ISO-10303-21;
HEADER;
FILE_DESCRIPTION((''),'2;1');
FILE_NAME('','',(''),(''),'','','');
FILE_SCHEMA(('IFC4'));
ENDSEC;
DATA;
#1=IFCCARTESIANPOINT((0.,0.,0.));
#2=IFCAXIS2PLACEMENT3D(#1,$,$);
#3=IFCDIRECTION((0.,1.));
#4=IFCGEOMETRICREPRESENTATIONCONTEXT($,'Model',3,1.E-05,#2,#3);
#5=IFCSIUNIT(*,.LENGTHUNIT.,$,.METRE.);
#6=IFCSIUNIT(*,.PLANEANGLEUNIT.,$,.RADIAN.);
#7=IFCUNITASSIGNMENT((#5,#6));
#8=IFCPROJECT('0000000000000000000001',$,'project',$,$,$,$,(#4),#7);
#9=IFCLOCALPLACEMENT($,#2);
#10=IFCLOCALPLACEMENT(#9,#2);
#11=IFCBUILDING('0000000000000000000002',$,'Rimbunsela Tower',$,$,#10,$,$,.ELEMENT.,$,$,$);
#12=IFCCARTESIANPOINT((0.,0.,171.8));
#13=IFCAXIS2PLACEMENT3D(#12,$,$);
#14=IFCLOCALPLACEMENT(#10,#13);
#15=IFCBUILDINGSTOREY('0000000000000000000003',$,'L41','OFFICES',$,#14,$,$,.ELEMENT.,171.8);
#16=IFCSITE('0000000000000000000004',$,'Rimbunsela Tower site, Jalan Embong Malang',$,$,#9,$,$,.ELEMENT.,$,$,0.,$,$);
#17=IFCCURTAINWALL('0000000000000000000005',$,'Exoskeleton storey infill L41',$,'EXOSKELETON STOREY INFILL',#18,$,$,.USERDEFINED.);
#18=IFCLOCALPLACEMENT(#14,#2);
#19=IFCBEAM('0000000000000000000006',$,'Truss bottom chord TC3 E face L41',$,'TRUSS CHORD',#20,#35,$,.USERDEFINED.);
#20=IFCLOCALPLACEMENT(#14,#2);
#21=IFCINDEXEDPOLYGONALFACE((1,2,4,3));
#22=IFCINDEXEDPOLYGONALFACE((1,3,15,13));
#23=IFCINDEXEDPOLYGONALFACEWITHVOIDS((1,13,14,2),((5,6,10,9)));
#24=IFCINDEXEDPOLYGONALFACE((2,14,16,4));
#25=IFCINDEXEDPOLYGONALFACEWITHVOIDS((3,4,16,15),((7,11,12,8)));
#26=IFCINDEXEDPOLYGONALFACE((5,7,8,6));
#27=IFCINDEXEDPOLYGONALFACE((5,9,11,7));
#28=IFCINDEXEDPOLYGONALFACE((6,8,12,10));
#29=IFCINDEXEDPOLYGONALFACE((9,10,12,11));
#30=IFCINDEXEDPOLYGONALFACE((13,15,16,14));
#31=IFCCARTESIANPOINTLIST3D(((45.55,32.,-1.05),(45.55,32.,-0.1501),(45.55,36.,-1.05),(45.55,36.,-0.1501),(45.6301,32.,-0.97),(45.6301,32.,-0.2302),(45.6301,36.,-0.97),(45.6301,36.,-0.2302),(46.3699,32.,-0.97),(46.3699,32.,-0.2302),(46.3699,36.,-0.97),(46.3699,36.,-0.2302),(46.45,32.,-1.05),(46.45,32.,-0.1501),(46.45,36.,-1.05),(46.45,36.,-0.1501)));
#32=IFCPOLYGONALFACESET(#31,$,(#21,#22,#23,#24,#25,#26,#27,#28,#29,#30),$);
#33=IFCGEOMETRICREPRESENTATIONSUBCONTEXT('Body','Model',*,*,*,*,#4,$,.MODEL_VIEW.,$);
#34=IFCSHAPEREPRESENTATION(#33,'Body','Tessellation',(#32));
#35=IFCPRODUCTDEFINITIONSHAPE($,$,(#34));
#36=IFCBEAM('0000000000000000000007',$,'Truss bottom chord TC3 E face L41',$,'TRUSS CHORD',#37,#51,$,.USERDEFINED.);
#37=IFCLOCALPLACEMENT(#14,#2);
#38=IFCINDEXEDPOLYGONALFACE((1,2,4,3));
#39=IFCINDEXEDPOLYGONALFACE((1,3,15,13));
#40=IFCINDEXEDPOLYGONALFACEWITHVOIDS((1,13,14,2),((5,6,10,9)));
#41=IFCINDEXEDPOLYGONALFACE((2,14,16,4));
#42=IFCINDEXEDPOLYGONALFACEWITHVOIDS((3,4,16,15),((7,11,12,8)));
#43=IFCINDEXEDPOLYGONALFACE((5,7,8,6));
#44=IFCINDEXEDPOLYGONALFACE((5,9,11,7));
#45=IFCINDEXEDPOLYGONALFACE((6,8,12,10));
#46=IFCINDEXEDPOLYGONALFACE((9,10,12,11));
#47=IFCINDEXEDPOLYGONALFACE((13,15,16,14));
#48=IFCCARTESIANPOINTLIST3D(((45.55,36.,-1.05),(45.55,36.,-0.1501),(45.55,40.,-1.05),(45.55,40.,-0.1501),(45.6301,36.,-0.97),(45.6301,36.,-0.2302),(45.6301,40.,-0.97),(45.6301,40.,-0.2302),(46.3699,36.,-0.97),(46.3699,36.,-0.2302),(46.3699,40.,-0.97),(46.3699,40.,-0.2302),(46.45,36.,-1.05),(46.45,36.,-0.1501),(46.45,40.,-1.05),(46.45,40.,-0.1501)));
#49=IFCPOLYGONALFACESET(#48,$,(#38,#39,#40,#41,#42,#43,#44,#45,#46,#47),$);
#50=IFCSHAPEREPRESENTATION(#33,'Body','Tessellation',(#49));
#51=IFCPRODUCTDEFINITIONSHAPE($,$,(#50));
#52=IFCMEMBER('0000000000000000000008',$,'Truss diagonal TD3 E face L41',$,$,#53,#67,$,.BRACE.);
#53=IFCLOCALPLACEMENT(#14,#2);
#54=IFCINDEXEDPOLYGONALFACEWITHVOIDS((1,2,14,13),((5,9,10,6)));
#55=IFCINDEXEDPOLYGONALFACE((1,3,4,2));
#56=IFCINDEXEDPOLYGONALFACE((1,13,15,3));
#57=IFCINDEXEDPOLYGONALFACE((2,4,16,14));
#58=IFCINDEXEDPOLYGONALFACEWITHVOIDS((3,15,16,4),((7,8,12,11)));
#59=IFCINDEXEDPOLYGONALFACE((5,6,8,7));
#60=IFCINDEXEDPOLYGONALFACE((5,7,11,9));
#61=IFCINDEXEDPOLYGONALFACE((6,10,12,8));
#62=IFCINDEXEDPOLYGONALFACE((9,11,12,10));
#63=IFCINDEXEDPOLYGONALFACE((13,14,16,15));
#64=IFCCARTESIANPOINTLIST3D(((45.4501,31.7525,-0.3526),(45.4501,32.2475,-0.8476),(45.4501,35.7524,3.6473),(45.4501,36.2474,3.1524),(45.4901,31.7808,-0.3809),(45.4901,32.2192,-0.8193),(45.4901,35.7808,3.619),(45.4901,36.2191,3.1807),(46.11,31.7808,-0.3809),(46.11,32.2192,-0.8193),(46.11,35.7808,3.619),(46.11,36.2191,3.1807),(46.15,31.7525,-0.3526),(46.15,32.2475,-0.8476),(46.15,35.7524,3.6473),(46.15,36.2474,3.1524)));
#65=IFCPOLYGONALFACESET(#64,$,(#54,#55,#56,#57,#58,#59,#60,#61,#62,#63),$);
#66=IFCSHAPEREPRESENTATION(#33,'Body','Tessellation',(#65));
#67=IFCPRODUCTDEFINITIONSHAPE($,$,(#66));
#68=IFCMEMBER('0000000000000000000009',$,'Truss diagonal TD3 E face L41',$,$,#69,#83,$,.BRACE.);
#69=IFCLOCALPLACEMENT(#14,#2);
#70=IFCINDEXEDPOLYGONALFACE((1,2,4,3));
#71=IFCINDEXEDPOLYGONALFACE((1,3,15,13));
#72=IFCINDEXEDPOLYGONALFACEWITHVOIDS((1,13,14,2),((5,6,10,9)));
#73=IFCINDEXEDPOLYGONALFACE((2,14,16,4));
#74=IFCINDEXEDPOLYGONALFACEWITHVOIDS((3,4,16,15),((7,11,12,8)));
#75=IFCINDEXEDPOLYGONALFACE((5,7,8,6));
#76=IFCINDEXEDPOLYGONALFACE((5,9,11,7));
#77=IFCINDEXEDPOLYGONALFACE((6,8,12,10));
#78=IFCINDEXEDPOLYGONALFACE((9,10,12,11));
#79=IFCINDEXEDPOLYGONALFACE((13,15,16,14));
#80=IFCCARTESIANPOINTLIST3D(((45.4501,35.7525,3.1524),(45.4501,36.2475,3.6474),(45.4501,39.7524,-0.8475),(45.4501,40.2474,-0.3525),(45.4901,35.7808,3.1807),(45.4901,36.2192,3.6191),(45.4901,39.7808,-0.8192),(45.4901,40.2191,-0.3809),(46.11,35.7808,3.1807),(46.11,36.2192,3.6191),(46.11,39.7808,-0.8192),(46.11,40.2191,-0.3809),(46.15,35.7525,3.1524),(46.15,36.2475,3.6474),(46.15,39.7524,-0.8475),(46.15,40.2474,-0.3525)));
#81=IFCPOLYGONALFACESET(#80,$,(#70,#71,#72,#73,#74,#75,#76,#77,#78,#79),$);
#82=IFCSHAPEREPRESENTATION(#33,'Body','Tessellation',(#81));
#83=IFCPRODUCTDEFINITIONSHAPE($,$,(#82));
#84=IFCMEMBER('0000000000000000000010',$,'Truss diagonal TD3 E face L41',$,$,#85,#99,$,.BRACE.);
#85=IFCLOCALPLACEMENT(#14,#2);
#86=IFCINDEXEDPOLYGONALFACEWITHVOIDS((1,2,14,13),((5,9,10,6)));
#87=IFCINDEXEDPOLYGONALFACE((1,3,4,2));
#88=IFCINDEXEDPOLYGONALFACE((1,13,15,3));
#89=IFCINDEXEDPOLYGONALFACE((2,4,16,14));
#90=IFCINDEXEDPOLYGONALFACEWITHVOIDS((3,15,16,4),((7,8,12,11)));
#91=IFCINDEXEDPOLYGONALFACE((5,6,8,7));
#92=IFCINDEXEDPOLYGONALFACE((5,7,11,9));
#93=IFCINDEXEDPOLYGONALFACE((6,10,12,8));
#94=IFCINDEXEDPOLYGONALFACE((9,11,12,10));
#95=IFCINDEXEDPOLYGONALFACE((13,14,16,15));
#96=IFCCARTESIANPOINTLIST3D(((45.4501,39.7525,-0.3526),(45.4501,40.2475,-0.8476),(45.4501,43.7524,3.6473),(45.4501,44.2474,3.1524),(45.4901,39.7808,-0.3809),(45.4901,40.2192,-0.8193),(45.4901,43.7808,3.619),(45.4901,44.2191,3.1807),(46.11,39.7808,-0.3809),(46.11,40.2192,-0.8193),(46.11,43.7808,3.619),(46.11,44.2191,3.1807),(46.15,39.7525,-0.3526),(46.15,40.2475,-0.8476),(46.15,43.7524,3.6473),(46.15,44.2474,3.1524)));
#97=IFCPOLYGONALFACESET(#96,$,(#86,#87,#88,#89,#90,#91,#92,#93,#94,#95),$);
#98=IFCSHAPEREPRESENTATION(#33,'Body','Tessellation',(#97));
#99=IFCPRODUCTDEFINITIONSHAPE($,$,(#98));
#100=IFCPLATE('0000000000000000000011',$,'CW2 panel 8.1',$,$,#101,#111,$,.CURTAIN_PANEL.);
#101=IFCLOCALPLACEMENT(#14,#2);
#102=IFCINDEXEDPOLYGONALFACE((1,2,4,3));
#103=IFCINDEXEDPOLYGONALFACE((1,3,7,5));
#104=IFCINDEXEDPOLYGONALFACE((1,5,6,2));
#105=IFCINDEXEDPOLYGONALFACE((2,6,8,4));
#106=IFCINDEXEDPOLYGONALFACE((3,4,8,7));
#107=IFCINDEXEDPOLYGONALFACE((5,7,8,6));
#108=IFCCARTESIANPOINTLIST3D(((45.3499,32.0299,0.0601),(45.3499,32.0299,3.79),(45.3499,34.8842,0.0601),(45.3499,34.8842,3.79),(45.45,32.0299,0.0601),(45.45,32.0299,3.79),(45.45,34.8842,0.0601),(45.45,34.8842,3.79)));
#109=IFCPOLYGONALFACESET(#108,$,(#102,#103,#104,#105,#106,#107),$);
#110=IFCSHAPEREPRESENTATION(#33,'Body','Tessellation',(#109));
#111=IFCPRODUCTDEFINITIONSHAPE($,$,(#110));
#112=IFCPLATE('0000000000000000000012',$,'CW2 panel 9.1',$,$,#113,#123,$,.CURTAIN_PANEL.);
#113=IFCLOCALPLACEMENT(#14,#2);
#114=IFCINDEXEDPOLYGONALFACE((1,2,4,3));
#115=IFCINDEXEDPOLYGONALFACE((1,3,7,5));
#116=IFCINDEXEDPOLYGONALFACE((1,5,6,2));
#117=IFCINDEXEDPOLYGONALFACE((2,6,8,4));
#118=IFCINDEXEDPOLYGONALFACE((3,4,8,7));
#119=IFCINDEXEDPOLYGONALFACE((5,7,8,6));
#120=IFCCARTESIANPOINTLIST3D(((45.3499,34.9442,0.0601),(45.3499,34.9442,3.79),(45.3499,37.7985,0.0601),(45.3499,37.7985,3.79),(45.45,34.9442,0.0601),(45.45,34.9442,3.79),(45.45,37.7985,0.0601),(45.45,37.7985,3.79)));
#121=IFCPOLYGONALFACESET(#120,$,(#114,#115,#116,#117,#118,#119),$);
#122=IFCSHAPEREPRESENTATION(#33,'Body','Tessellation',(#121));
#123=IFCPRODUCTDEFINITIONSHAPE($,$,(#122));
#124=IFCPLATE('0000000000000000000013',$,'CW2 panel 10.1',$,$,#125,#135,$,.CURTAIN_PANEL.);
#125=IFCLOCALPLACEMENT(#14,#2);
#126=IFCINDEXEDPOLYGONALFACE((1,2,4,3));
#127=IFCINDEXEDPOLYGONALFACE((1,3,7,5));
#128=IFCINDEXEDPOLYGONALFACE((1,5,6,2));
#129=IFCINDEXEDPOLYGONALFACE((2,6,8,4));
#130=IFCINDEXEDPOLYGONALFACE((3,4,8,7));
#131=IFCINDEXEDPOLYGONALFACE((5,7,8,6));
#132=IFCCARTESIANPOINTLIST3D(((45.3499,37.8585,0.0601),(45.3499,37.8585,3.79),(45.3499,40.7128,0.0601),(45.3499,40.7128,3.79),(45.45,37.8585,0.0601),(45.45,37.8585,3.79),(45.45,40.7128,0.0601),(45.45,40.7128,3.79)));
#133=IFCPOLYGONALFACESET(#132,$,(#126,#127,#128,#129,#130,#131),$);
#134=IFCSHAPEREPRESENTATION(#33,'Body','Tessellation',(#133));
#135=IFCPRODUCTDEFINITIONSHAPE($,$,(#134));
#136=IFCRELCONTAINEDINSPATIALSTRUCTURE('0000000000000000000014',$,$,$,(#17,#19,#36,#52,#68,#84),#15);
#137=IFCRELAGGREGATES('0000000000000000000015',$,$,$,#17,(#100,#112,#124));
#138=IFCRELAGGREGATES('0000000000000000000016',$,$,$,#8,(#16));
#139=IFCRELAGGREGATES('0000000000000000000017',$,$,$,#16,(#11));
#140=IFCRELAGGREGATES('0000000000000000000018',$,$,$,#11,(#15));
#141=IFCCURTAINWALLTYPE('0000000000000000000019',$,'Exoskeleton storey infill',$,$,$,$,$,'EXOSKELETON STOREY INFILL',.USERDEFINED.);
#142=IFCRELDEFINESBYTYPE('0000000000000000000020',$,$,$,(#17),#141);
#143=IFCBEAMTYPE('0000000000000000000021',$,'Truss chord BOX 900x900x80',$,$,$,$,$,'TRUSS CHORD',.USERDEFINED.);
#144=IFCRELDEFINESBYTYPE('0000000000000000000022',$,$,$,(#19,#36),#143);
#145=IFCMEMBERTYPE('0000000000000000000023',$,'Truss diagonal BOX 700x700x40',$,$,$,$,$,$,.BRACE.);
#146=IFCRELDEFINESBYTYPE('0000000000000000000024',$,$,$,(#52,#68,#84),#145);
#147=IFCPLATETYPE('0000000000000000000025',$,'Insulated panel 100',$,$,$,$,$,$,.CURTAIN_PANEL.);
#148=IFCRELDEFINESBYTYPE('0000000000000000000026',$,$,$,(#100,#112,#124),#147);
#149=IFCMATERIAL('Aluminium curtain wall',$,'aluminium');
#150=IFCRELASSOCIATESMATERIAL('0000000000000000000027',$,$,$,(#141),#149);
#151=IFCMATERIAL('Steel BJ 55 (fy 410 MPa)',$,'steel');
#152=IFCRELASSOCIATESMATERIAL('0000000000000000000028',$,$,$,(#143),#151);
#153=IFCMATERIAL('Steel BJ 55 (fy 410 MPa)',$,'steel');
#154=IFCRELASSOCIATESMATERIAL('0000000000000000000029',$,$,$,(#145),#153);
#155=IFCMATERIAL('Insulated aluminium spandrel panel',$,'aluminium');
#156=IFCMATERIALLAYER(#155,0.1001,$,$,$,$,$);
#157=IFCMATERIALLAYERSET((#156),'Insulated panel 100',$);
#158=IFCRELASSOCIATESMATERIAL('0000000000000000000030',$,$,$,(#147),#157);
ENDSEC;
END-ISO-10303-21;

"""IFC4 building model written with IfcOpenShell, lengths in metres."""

from ifc_helpers import new_model, si_unit, direction, frame, origin, origin_2d, place, context, subcontext, project, spatial, rectangle, hollow_rectangle, extrude, material, layer, layer_set, material_profile, profile_set, type_object, element, aggregate, save


model = new_model("IFC4")

# Units and contexts
model_context = context("Model", 3, precision=1e-05, world=origin(), true_north=direction((0.0, 1.0)))
body_context = subcontext(model_context, "Body", "Model", "MODEL_VIEW")
ifc_project = project(units=[si_unit("LENGTHUNIT", "METRE"), si_unit("PLANEANGLEUNIT", "RADIAN")], contexts=[model_context])

# Site, building, storey
site_placement = place(None, origin())
site = spatial("IfcSite", under=ifc_project, at=site_placement, Name="Rimbunsela Tower site, Jalan Embong Malang", CompositionType="ELEMENT", RefElevation=0.0)
building_placement = place(site_placement, origin())
building = spatial("IfcBuilding", under=site, at=building_placement, Name="Rimbunsela Tower", CompositionType="ELEMENT")
storey_placement = place(building_placement, frame((0.0, 0.0, 171.8)))
storey = spatial("IfcBuildingStorey", under=building, at=storey_placement, Name="L41", Description="OFFICES", CompositionType="ELEMENT", Elevation=171.8)

# Curtain wall
ifc_material_1 = material(Name="Aluminium curtain wall", Category="aluminium")
curtain_wall_type = type_object("IfcCurtainWallType", Name="Exoskeleton storey infill", ElementType="EXOSKELETON STOREY INFILL", PredefinedType="USERDEFINED", material=ifc_material_1)
curtain_wall_placement = place(storey_placement, origin())
curtain_wall = element("IfcCurtainWall", 1, at=curtain_wall_placement, inside=storey, type_object=curtain_wall_type, Name="Exoskeleton storey infill L41", ObjectType="EXOSKELETON STOREY INFILL", PredefinedType="USERDEFINED")

# Beams
ifc_material_2 = material(Name="Steel BJ 55 (fy 410 MPa)", Category="steel")
ifc_material_profile_1 = material_profile(ifc_material_2, hollow_rectangle(XDim=0.8999, YDim=0.8999, WallThickness=0.0801, at=origin_2d()), Name="BOX 900x900x80")
ifc_profile_set_1 = profile_set([ifc_material_profile_1], Name="Steel BJ 55 (fy 410 MPa)")
beam_type = type_object("IfcBeamType", Name="Truss chord BOX 900x900x80", ElementType="TRUSS CHORD", PredefinedType="USERDEFINED", material=ifc_profile_set_1)
for number, where, z_axis, x_axis, name in (
    (2, (46.0, 32.0, -0.6001), (0.0, 1.0, 0.0), (-1.0, 0.0, 0.0), "Truss bottom chord TC3 E face L41"),
    (3, (46.0, 36.0, -0.6001), (0.0, 1.0, 0.0), (-1.0, 0.0, 0.0), "Truss bottom chord TC3 E face L41"),
):
    element("IfcBeam", number, at=place(storey_placement, frame(where, z_axis=z_axis, x_axis=x_axis)), inside=storey, type_object=beam_type, Name=name, ObjectType="TRUSS CHORD", PredefinedType="USERDEFINED", context=body_context, shape_type="SweptSolid", body=[
        extrude(hollow_rectangle(XDim=0.8999, YDim=0.8999, WallThickness=0.0801, at=origin_2d()), origin(), (0.0, 0.0, 1.0), 4.0),
    ])

# Members
ifc_material_3 = material(Name="Steel BJ 55 (fy 410 MPa)", Category="steel")
ifc_material_profile_2 = material_profile(ifc_material_3, hollow_rectangle(XDim=0.7, YDim=0.7, WallThickness=0.04, at=origin_2d()), Name="BOX 700x700x40")
ifc_profile_set_2 = profile_set([ifc_material_profile_2], Name="Steel BJ 55 (fy 410 MPa)")
member_type_1 = type_object("IfcMemberType", Name="Truss diagonal BOX 700x700x40", PredefinedType="BRACE", material=ifc_profile_set_2)
for number, where, z_axis, x_axis, name in (
    (4, (45.8, 32.0, -0.6001), (0.0, 0.707107, 0.707107), (-1.0, 0.0, 0.0), "Truss diagonal TD3 E face L41"),
    (5, (45.8, 36.0, 3.3999), (0.0, 0.707107, -0.707107), (-1.0, 0.0, 0.0), "Truss diagonal TD3 E face L41"),
    (6, (45.8, 40.0, -0.6001), (0.0, 0.707107, 0.707107), (-1.0, 0.0, 0.0), "Truss diagonal TD3 E face L41"),
):
    element("IfcMember", number, at=place(storey_placement, frame(where, z_axis=z_axis, x_axis=x_axis)), inside=storey, type_object=member_type_1, Name=name, PredefinedType="BRACE", context=body_context, shape_type="SweptSolid", body=[
        extrude(hollow_rectangle(XDim=0.7, YDim=0.7, WallThickness=0.04, at=origin_2d()), origin(), (0.0, 0.0, 1.0), 5.6567),
    ])

# Plates
ifc_material_4 = material(Name="Insulated aluminium spandrel panel", Category="aluminium")
ifc_layer = layer(ifc_material_4, 0.1001)
ifc_layer_set = layer_set([ifc_layer], Name="Insulated panel 100")
plate_type = type_object("IfcPlateType", Name="Insulated panel 100", PredefinedType="CURTAIN_PANEL", material=ifc_layer_set)
plate_1_placement = place(storey_placement, frame((45.3999, 33.457, 0.0601), z_axis=(0.0, 0.0, 1.0), x_axis=(0.0, 1.0, 0.0)))
plate_1 = element("IfcPlate", 7, at=plate_1_placement, type_object=plate_type, Name="CW2 panel 8.1", PredefinedType="CURTAIN_PANEL", context=body_context, shape_type="SweptSolid", body=[
    extrude(rectangle(XDim=2.8542, YDim=0.1001, at=origin_2d()), origin(), (0.0, 0.0, 1.0), 3.73),
])
plate_2_placement = place(storey_placement, frame((45.3999, 36.3713, 0.0601), z_axis=(0.0, 0.0, 1.0), x_axis=(0.0, 1.0, 0.0)))
plate_2 = element("IfcPlate", 8, at=plate_2_placement, type_object=plate_type, Name="CW2 panel 9.1", PredefinedType="CURTAIN_PANEL", context=body_context, shape_type="SweptSolid", body=[
    extrude(rectangle(XDim=2.8542, YDim=0.1001, at=origin_2d()), origin(), (0.0, 0.0, 1.0), 3.73),
])
plate_3_placement = place(storey_placement, frame((45.3999, 39.2856, 0.0601), z_axis=(0.0, 0.0, 1.0), x_axis=(0.0, 1.0, 0.0)))
plate_3 = element("IfcPlate", 9, at=plate_3_placement, type_object=plate_type, Name="CW2 panel 10.1", PredefinedType="CURTAIN_PANEL", context=body_context, shape_type="SweptSolid", body=[
    extrude(rectangle(XDim=2.8542, YDim=0.1001, at=origin_2d()), origin(), (0.0, 0.0, 1.0), 3.73),
])
aggregate(curtain_wall, [plate_1, plate_2, plate_3])

save(model, "model.ifc")
